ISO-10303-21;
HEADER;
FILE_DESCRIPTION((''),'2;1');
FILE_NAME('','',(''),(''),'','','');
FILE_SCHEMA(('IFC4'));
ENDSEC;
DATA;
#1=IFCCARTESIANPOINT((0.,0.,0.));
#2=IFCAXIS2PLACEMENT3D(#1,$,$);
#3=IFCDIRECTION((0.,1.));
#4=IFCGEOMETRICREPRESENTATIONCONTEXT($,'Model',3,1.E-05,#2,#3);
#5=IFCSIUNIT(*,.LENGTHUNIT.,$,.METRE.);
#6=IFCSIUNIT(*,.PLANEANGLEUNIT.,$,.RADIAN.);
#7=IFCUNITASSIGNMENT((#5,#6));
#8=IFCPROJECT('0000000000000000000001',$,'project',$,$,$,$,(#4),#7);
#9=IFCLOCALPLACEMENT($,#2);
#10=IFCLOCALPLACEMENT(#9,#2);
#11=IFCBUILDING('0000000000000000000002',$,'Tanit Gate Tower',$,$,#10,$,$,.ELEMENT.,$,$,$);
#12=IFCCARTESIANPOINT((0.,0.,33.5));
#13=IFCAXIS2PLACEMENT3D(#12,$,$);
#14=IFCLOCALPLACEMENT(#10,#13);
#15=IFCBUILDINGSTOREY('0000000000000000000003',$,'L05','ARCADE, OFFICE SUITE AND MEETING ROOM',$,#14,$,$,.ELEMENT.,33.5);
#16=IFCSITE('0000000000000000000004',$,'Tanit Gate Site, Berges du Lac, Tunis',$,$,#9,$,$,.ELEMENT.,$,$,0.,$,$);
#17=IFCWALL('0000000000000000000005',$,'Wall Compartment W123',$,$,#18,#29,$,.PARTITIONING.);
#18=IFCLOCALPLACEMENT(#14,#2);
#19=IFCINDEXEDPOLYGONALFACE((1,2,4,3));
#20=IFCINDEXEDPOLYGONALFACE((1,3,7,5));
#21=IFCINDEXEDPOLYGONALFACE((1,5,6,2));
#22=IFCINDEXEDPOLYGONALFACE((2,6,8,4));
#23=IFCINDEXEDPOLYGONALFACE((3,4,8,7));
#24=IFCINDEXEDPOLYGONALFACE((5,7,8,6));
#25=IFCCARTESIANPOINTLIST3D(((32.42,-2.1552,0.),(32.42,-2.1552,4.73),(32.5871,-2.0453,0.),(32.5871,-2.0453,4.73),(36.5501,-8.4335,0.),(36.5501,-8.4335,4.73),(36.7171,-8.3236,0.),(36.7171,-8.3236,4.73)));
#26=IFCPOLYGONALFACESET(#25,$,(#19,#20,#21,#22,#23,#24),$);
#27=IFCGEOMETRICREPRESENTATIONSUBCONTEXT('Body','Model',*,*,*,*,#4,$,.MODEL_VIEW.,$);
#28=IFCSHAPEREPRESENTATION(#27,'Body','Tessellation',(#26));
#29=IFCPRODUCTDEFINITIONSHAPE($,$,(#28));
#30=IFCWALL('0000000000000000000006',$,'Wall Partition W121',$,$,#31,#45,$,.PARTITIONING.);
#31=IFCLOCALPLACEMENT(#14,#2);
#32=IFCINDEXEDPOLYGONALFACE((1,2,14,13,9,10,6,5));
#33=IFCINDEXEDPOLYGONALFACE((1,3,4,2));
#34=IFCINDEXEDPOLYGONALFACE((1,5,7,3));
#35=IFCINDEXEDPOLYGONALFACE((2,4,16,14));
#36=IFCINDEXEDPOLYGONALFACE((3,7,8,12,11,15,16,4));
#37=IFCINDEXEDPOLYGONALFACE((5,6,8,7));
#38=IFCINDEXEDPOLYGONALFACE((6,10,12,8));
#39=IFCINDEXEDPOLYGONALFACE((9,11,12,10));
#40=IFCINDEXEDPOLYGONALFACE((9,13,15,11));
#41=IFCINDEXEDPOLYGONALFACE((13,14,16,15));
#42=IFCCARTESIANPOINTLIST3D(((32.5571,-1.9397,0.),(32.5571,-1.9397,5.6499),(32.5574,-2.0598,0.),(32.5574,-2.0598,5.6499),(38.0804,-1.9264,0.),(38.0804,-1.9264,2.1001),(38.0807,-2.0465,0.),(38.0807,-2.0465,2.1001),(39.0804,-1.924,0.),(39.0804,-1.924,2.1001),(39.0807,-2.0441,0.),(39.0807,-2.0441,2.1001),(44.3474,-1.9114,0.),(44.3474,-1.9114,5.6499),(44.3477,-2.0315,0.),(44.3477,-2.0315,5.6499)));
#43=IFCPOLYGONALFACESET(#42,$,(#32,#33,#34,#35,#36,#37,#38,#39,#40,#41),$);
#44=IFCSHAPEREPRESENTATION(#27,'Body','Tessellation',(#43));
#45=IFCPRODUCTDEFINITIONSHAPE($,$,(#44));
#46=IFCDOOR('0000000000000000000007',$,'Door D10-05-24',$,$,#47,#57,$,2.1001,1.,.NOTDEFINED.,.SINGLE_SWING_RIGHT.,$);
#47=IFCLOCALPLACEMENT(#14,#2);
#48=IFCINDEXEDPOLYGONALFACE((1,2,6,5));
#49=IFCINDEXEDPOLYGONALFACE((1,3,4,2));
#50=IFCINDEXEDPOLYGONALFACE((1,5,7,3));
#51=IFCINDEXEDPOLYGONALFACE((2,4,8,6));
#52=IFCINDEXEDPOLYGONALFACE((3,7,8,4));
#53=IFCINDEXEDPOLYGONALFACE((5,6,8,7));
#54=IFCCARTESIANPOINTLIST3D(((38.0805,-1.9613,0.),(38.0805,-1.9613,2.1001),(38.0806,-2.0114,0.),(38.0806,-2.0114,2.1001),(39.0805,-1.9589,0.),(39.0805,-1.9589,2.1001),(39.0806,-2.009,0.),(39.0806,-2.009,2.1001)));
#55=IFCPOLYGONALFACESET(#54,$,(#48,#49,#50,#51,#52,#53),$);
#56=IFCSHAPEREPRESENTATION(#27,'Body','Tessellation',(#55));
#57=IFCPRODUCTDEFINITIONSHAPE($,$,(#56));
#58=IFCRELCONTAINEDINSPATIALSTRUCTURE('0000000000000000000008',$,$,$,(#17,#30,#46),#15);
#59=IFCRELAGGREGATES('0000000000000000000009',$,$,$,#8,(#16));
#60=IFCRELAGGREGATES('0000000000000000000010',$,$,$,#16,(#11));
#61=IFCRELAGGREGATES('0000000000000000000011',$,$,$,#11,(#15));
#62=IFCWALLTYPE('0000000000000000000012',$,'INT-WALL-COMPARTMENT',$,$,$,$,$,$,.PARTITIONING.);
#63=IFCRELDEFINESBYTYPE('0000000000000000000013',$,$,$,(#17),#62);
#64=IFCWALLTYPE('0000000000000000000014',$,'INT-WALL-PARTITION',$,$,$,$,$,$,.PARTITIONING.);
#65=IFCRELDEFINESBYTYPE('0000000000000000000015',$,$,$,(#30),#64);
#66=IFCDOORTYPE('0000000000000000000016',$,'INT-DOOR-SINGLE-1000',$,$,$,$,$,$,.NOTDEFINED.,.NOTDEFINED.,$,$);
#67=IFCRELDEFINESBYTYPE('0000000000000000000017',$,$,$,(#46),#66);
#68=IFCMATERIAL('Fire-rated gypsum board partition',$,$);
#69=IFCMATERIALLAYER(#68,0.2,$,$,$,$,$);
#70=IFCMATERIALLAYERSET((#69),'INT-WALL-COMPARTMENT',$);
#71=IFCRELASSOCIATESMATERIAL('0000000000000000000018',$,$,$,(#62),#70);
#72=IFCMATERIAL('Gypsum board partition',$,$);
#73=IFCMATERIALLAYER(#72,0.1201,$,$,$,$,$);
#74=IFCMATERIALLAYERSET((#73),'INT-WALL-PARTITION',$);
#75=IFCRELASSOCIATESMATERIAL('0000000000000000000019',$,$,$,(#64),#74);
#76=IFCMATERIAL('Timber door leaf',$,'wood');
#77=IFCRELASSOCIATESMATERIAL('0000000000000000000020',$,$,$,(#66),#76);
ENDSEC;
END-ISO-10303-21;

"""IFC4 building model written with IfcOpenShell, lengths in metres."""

from ifc_helpers import new_model, si_unit, direction, frame, frame_2d, origin, place, context, subcontext, project, spatial, rectangle, extrude, material, layer, layer_set, type_object, element, fill, save


model = new_model("IFC4")

# Units and contexts
model_context = context("Model", 3, precision=1e-05, world=origin(), true_north=direction((0.0, 1.0)))
body_context = subcontext(model_context, "Body", "Model", "MODEL_VIEW")
ifc_project = project(units=[si_unit("LENGTHUNIT", "METRE"), si_unit("PLANEANGLEUNIT", "RADIAN")], contexts=[model_context])

# Site, building, storey
site_placement = place(None, origin())
site = spatial("IfcSite", under=ifc_project, at=site_placement, Name="Tanit Gate Site, Berges du Lac, Tunis", CompositionType="ELEMENT", RefElevation=0.0)
building_placement = place(site_placement, origin())
building = spatial("IfcBuilding", under=site, at=building_placement, Name="Tanit Gate Tower", CompositionType="ELEMENT")
storey_placement = place(building_placement, frame((0.0, 0.0, 33.5)))
storey = spatial("IfcBuildingStorey", under=building, at=storey_placement, Name="L05", Description="ARCADE, OFFICE SUITE AND MEETING ROOM", CompositionType="ELEMENT", Elevation=33.5)

# Shared definitions
ifc_material_1 = material(Name="Fire-rated gypsum board partition")
ifc_layer_1 = layer(ifc_material_1, 0.2)
ifc_layer_set_1 = layer_set([ifc_layer_1], Name="INT-WALL-COMPARTMENT")
wall_type_1 = type_object("IfcWallType", Name="INT-WALL-COMPARTMENT", PredefinedType="PARTITIONING", material=ifc_layer_set_1)

# Wall
wall_1_placement = place(storey_placement, frame((36.6335, -8.3784, 0.0), z_axis=(0.0, 0.0, 1.0), x_axis=(-0.549584, 0.835438, 0.0)))
element("IfcWall", 1, at=wall_1_placement, inside=storey, type_object=wall_type_1, Name="Wall Compartment W123", PredefinedType="PARTITIONING", context=body_context, shape_type="SweptSolid", body=[
    extrude(rectangle(XDim=7.5149, YDim=0.2, at=frame_2d((3.7573, 0.0))), origin(), (0.0, 0.0, 1.0), 4.73),
])

# Wall, opening, door
ifc_material_2 = material(Name="Gypsum board partition")
ifc_layer_2 = layer(ifc_material_2, 0.1201)
ifc_layer_set_2 = layer_set([ifc_layer_2], Name="INT-WALL-PARTITION")
wall_type_2 = type_object("IfcWallType", Name="INT-WALL-PARTITION", PredefinedType="PARTITIONING", material=ifc_layer_set_2)
wall_2_placement = place(storey_placement, frame((44.3474, -1.9714, 0.0), z_axis=(0.0, 0.0, 1.0), x_axis=(-0.999997, -0.002402, 0.0)))
wall_2 = element("IfcWall", 2, at=wall_2_placement, inside=storey, type_object=wall_type_2, Name="Wall Partition W121", PredefinedType="PARTITIONING", context=body_context, shape_type="SweptSolid", body=[
    extrude(rectangle(XDim=11.7903, YDim=0.1201, at=frame_2d((5.895, 0.0))), origin(), (0.0, 0.0, 1.0), 5.6499),
])
opening_1_placement = place(wall_2_placement, frame((5.2668, 0.0, 0.0)))
opening_1 = element("IfcOpeningElement", 3, at=opening_1_placement, cuts=wall_2, PredefinedType="OPENING", context=body_context, shape_type="SweptSolid", body=[
    extrude(rectangle(XDim=1.0, YDim=2.1001, at=frame_2d((0.5, 1.05))), frame((0.0, 0.0701, 0.0), z_axis=(0.0, -1.0, 0.0), x_axis=(1.0, 0.0, 0.0)), (0.0, 0.0, 1.0), 0.1401),
])
ifc_material_3 = material(Name="Timber door leaf", Category="wood")
door_type_1 = type_object("IfcDoorType", Name="INT-DOOR-SINGLE-1000", OperationType="NOTDEFINED", PredefinedType="NOTDEFINED", material=ifc_material_3)
door_1_placement = place(opening_1_placement, origin())
door_1 = element("IfcDoor", 4, at=door_1_placement, inside=storey, type_object=door_type_1, Name="Door D10-05-24", OperationType="SINGLE_SWING_RIGHT", OverallHeight=2.1001, OverallWidth=1.0, PredefinedType="NOTDEFINED", context=body_context, shape_type="SweptSolid", body=[
    extrude(rectangle(XDim=1.0, YDim=2.1001, at=frame_2d((0.5, 1.05))), frame((0.0, 0.0249, 0.0), z_axis=(0.0, -1.0, 0.0), x_axis=(1.0, 0.0, 0.0)), (0.0, 0.0, 1.0), 0.05),
])
fill(opening_1, door_1)

save(model, "model.ifc")
